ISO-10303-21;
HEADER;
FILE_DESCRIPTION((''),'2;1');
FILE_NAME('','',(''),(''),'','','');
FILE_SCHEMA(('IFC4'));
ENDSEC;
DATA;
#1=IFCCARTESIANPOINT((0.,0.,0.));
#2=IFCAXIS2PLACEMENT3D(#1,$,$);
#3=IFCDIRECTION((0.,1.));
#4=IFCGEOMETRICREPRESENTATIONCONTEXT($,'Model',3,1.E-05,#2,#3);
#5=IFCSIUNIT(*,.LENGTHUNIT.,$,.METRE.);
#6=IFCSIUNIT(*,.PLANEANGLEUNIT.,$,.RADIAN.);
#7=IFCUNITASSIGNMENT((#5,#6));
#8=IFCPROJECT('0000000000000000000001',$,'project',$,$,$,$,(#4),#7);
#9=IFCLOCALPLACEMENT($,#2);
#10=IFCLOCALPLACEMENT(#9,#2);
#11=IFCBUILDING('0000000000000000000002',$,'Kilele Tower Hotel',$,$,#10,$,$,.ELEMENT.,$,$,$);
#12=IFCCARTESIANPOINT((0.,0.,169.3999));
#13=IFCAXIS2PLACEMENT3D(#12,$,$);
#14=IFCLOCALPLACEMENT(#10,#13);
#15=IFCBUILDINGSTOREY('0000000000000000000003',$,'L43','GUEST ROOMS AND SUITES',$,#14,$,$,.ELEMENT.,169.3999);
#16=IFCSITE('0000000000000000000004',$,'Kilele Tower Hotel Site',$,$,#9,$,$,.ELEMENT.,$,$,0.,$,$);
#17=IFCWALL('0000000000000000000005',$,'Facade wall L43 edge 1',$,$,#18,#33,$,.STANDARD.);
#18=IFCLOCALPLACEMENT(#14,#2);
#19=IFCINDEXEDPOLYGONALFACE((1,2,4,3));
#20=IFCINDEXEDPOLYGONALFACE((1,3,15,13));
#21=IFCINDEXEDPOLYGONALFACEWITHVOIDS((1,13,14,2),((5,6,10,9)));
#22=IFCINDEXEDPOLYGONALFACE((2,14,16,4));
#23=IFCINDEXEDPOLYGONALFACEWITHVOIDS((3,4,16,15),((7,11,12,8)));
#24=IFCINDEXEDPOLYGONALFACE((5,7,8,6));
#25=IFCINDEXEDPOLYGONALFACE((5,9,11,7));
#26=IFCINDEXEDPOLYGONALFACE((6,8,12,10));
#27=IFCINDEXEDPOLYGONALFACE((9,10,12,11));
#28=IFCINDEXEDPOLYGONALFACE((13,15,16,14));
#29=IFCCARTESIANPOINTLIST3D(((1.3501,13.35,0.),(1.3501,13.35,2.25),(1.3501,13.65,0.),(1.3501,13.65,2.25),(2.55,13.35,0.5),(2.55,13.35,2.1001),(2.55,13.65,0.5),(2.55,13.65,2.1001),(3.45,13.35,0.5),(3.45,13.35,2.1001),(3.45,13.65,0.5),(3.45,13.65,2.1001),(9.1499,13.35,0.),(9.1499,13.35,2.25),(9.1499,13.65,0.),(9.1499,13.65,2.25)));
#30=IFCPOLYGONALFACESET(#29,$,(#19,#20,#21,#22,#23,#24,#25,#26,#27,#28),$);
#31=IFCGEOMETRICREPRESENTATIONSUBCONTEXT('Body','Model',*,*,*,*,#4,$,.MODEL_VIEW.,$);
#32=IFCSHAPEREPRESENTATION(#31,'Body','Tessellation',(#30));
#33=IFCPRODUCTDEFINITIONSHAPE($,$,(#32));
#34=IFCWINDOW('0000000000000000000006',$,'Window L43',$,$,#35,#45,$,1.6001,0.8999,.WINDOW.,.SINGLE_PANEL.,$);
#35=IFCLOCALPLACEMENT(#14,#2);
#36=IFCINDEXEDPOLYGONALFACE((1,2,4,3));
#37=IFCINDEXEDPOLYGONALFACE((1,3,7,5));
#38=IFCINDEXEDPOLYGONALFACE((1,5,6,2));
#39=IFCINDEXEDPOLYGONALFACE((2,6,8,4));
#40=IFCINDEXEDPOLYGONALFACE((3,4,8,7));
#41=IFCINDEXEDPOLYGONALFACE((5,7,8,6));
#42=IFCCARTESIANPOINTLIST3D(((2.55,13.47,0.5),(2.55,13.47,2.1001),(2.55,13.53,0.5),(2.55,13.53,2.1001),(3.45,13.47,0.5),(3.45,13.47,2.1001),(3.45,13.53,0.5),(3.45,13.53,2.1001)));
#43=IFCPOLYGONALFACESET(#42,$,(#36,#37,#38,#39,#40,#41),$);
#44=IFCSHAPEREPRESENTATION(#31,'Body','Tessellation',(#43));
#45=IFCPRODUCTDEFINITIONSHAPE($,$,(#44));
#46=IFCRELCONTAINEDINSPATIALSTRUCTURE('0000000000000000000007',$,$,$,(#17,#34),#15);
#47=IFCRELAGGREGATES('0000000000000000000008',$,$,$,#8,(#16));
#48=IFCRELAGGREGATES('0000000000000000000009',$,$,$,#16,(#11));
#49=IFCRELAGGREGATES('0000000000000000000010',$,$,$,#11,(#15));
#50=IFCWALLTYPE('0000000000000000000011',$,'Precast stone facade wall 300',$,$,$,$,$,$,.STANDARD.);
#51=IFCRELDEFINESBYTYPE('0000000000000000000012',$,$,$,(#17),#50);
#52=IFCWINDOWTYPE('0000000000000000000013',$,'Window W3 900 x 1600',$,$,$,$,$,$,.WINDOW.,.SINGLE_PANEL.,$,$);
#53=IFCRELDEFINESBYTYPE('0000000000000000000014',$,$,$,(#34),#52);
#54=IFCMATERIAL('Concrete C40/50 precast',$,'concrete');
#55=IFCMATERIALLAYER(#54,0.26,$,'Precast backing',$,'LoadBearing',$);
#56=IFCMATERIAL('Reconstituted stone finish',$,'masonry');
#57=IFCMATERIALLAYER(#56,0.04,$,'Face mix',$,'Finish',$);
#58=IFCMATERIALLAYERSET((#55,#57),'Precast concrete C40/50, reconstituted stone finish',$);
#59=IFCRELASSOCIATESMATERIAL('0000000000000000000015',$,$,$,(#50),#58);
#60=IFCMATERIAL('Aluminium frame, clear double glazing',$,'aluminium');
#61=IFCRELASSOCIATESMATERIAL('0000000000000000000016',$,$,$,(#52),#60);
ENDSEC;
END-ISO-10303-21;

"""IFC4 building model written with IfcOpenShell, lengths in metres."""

from ifc_helpers import new_model, si_unit, direction, frame, frame_2d, origin, place, context, subcontext, project, spatial, rectangle, extrude, material, layer, layer_set, type_object, element, fill, save


model = new_model("IFC4")

# Units and contexts
model_context = context("Model", 3, precision=1e-05, world=origin(), true_north=direction((0.0, 1.0)))
body_context = subcontext(model_context, "Body", "Model", "MODEL_VIEW")
ifc_project = project(units=[si_unit("LENGTHUNIT", "METRE"), si_unit("PLANEANGLEUNIT", "RADIAN")], contexts=[model_context])

# Site, building, storey
site_placement = place(None, origin())
site = spatial("IfcSite", under=ifc_project, at=site_placement, Name="Kilele Tower Hotel Site", CompositionType="ELEMENT", RefElevation=0.0)
building_placement = place(site_placement, origin())
building = spatial("IfcBuilding", under=site, at=building_placement, Name="Kilele Tower Hotel", CompositionType="ELEMENT")
storey_placement = place(building_placement, frame((0.0, 0.0, 169.3999)))
storey = spatial("IfcBuildingStorey", under=building, at=storey_placement, Name="L43", Description="GUEST ROOMS AND SUITES", CompositionType="ELEMENT", Elevation=169.3999)

# Wall, opening, window
ifc_material_1 = material(Name="Concrete C40/50 precast", Category="concrete")
ifc_layer_1 = layer(ifc_material_1, 0.26, Name="Precast backing", Category="LoadBearing")
ifc_material_2 = material(Name="Reconstituted stone finish", Category="masonry")
ifc_layer_2 = layer(ifc_material_2, 0.04, Name="Face mix", Category="Finish")
ifc_layer_set_1 = layer_set([ifc_layer_1, ifc_layer_2], Name="Precast concrete C40/50, reconstituted stone finish")
wall_type = type_object("IfcWallType", Name="Precast stone facade wall 300", PredefinedType="STANDARD", material=ifc_layer_set_1)
wall_1_placement = place(storey_placement, frame((1.3501, 13.5, 0.0), z_axis=(0.0, 0.0, 1.0), x_axis=(1.0, 0.0, 0.0)))
wall_1 = element("IfcWall", 1, at=wall_1_placement, inside=storey, type_object=wall_type, Name="Facade wall L43 edge 1", PredefinedType="STANDARD", context=body_context, shape_type="SweptSolid", body=[
    extrude(rectangle(XDim=7.7998, YDim=0.3, at=frame_2d((3.8999, 0.0))), origin(), (0.0, 0.0, 1.0), 2.25),
])
opening_1_placement = place(wall_1_placement, frame((1.2, 0.0, 0.5)))
opening_1 = element("IfcOpeningElement", 2, at=opening_1_placement, cuts=wall_1, PredefinedType="OPENING", context=body_context, shape_type="SweptSolid", body=[
    extrude(rectangle(XDim=0.8999, YDim=1.6001, at=frame_2d((0.45, 0.8))), frame((0.0, 0.1599, 0.0), z_axis=(0.0, -1.0, 0.0), x_axis=(1.0, 0.0, 0.0)), (0.0, 0.0, 1.0), 0.3201),
])
ifc_material_3 = material(Name="Aluminium frame, clear double glazing", Category="aluminium")
window_type_1 = type_object("IfcWindowType", Name="Window W3 900 x 1600", PartitioningType="SINGLE_PANEL", PredefinedType="WINDOW", material=ifc_material_3)
window_1_placement = place(opening_1_placement, origin())
window_1 = element("IfcWindow", 3, at=window_1_placement, inside=storey, type_object=window_type_1, Name="Window L43", OverallHeight=1.6001, OverallWidth=0.8999, PartitioningType="SINGLE_PANEL", PredefinedType="WINDOW", context=body_context, shape_type="SweptSolid", body=[
    extrude(rectangle(XDim=0.8999, YDim=1.6001, at=frame_2d((0.45, 0.8))), frame((0.0, 0.03, 0.0), z_axis=(0.0, -1.0, 0.0), x_axis=(1.0, 0.0, 0.0)), (0.0, 0.0, 1.0), 0.0601),
])
fill(opening_1, window_1)

save(model, "model.ifc")
